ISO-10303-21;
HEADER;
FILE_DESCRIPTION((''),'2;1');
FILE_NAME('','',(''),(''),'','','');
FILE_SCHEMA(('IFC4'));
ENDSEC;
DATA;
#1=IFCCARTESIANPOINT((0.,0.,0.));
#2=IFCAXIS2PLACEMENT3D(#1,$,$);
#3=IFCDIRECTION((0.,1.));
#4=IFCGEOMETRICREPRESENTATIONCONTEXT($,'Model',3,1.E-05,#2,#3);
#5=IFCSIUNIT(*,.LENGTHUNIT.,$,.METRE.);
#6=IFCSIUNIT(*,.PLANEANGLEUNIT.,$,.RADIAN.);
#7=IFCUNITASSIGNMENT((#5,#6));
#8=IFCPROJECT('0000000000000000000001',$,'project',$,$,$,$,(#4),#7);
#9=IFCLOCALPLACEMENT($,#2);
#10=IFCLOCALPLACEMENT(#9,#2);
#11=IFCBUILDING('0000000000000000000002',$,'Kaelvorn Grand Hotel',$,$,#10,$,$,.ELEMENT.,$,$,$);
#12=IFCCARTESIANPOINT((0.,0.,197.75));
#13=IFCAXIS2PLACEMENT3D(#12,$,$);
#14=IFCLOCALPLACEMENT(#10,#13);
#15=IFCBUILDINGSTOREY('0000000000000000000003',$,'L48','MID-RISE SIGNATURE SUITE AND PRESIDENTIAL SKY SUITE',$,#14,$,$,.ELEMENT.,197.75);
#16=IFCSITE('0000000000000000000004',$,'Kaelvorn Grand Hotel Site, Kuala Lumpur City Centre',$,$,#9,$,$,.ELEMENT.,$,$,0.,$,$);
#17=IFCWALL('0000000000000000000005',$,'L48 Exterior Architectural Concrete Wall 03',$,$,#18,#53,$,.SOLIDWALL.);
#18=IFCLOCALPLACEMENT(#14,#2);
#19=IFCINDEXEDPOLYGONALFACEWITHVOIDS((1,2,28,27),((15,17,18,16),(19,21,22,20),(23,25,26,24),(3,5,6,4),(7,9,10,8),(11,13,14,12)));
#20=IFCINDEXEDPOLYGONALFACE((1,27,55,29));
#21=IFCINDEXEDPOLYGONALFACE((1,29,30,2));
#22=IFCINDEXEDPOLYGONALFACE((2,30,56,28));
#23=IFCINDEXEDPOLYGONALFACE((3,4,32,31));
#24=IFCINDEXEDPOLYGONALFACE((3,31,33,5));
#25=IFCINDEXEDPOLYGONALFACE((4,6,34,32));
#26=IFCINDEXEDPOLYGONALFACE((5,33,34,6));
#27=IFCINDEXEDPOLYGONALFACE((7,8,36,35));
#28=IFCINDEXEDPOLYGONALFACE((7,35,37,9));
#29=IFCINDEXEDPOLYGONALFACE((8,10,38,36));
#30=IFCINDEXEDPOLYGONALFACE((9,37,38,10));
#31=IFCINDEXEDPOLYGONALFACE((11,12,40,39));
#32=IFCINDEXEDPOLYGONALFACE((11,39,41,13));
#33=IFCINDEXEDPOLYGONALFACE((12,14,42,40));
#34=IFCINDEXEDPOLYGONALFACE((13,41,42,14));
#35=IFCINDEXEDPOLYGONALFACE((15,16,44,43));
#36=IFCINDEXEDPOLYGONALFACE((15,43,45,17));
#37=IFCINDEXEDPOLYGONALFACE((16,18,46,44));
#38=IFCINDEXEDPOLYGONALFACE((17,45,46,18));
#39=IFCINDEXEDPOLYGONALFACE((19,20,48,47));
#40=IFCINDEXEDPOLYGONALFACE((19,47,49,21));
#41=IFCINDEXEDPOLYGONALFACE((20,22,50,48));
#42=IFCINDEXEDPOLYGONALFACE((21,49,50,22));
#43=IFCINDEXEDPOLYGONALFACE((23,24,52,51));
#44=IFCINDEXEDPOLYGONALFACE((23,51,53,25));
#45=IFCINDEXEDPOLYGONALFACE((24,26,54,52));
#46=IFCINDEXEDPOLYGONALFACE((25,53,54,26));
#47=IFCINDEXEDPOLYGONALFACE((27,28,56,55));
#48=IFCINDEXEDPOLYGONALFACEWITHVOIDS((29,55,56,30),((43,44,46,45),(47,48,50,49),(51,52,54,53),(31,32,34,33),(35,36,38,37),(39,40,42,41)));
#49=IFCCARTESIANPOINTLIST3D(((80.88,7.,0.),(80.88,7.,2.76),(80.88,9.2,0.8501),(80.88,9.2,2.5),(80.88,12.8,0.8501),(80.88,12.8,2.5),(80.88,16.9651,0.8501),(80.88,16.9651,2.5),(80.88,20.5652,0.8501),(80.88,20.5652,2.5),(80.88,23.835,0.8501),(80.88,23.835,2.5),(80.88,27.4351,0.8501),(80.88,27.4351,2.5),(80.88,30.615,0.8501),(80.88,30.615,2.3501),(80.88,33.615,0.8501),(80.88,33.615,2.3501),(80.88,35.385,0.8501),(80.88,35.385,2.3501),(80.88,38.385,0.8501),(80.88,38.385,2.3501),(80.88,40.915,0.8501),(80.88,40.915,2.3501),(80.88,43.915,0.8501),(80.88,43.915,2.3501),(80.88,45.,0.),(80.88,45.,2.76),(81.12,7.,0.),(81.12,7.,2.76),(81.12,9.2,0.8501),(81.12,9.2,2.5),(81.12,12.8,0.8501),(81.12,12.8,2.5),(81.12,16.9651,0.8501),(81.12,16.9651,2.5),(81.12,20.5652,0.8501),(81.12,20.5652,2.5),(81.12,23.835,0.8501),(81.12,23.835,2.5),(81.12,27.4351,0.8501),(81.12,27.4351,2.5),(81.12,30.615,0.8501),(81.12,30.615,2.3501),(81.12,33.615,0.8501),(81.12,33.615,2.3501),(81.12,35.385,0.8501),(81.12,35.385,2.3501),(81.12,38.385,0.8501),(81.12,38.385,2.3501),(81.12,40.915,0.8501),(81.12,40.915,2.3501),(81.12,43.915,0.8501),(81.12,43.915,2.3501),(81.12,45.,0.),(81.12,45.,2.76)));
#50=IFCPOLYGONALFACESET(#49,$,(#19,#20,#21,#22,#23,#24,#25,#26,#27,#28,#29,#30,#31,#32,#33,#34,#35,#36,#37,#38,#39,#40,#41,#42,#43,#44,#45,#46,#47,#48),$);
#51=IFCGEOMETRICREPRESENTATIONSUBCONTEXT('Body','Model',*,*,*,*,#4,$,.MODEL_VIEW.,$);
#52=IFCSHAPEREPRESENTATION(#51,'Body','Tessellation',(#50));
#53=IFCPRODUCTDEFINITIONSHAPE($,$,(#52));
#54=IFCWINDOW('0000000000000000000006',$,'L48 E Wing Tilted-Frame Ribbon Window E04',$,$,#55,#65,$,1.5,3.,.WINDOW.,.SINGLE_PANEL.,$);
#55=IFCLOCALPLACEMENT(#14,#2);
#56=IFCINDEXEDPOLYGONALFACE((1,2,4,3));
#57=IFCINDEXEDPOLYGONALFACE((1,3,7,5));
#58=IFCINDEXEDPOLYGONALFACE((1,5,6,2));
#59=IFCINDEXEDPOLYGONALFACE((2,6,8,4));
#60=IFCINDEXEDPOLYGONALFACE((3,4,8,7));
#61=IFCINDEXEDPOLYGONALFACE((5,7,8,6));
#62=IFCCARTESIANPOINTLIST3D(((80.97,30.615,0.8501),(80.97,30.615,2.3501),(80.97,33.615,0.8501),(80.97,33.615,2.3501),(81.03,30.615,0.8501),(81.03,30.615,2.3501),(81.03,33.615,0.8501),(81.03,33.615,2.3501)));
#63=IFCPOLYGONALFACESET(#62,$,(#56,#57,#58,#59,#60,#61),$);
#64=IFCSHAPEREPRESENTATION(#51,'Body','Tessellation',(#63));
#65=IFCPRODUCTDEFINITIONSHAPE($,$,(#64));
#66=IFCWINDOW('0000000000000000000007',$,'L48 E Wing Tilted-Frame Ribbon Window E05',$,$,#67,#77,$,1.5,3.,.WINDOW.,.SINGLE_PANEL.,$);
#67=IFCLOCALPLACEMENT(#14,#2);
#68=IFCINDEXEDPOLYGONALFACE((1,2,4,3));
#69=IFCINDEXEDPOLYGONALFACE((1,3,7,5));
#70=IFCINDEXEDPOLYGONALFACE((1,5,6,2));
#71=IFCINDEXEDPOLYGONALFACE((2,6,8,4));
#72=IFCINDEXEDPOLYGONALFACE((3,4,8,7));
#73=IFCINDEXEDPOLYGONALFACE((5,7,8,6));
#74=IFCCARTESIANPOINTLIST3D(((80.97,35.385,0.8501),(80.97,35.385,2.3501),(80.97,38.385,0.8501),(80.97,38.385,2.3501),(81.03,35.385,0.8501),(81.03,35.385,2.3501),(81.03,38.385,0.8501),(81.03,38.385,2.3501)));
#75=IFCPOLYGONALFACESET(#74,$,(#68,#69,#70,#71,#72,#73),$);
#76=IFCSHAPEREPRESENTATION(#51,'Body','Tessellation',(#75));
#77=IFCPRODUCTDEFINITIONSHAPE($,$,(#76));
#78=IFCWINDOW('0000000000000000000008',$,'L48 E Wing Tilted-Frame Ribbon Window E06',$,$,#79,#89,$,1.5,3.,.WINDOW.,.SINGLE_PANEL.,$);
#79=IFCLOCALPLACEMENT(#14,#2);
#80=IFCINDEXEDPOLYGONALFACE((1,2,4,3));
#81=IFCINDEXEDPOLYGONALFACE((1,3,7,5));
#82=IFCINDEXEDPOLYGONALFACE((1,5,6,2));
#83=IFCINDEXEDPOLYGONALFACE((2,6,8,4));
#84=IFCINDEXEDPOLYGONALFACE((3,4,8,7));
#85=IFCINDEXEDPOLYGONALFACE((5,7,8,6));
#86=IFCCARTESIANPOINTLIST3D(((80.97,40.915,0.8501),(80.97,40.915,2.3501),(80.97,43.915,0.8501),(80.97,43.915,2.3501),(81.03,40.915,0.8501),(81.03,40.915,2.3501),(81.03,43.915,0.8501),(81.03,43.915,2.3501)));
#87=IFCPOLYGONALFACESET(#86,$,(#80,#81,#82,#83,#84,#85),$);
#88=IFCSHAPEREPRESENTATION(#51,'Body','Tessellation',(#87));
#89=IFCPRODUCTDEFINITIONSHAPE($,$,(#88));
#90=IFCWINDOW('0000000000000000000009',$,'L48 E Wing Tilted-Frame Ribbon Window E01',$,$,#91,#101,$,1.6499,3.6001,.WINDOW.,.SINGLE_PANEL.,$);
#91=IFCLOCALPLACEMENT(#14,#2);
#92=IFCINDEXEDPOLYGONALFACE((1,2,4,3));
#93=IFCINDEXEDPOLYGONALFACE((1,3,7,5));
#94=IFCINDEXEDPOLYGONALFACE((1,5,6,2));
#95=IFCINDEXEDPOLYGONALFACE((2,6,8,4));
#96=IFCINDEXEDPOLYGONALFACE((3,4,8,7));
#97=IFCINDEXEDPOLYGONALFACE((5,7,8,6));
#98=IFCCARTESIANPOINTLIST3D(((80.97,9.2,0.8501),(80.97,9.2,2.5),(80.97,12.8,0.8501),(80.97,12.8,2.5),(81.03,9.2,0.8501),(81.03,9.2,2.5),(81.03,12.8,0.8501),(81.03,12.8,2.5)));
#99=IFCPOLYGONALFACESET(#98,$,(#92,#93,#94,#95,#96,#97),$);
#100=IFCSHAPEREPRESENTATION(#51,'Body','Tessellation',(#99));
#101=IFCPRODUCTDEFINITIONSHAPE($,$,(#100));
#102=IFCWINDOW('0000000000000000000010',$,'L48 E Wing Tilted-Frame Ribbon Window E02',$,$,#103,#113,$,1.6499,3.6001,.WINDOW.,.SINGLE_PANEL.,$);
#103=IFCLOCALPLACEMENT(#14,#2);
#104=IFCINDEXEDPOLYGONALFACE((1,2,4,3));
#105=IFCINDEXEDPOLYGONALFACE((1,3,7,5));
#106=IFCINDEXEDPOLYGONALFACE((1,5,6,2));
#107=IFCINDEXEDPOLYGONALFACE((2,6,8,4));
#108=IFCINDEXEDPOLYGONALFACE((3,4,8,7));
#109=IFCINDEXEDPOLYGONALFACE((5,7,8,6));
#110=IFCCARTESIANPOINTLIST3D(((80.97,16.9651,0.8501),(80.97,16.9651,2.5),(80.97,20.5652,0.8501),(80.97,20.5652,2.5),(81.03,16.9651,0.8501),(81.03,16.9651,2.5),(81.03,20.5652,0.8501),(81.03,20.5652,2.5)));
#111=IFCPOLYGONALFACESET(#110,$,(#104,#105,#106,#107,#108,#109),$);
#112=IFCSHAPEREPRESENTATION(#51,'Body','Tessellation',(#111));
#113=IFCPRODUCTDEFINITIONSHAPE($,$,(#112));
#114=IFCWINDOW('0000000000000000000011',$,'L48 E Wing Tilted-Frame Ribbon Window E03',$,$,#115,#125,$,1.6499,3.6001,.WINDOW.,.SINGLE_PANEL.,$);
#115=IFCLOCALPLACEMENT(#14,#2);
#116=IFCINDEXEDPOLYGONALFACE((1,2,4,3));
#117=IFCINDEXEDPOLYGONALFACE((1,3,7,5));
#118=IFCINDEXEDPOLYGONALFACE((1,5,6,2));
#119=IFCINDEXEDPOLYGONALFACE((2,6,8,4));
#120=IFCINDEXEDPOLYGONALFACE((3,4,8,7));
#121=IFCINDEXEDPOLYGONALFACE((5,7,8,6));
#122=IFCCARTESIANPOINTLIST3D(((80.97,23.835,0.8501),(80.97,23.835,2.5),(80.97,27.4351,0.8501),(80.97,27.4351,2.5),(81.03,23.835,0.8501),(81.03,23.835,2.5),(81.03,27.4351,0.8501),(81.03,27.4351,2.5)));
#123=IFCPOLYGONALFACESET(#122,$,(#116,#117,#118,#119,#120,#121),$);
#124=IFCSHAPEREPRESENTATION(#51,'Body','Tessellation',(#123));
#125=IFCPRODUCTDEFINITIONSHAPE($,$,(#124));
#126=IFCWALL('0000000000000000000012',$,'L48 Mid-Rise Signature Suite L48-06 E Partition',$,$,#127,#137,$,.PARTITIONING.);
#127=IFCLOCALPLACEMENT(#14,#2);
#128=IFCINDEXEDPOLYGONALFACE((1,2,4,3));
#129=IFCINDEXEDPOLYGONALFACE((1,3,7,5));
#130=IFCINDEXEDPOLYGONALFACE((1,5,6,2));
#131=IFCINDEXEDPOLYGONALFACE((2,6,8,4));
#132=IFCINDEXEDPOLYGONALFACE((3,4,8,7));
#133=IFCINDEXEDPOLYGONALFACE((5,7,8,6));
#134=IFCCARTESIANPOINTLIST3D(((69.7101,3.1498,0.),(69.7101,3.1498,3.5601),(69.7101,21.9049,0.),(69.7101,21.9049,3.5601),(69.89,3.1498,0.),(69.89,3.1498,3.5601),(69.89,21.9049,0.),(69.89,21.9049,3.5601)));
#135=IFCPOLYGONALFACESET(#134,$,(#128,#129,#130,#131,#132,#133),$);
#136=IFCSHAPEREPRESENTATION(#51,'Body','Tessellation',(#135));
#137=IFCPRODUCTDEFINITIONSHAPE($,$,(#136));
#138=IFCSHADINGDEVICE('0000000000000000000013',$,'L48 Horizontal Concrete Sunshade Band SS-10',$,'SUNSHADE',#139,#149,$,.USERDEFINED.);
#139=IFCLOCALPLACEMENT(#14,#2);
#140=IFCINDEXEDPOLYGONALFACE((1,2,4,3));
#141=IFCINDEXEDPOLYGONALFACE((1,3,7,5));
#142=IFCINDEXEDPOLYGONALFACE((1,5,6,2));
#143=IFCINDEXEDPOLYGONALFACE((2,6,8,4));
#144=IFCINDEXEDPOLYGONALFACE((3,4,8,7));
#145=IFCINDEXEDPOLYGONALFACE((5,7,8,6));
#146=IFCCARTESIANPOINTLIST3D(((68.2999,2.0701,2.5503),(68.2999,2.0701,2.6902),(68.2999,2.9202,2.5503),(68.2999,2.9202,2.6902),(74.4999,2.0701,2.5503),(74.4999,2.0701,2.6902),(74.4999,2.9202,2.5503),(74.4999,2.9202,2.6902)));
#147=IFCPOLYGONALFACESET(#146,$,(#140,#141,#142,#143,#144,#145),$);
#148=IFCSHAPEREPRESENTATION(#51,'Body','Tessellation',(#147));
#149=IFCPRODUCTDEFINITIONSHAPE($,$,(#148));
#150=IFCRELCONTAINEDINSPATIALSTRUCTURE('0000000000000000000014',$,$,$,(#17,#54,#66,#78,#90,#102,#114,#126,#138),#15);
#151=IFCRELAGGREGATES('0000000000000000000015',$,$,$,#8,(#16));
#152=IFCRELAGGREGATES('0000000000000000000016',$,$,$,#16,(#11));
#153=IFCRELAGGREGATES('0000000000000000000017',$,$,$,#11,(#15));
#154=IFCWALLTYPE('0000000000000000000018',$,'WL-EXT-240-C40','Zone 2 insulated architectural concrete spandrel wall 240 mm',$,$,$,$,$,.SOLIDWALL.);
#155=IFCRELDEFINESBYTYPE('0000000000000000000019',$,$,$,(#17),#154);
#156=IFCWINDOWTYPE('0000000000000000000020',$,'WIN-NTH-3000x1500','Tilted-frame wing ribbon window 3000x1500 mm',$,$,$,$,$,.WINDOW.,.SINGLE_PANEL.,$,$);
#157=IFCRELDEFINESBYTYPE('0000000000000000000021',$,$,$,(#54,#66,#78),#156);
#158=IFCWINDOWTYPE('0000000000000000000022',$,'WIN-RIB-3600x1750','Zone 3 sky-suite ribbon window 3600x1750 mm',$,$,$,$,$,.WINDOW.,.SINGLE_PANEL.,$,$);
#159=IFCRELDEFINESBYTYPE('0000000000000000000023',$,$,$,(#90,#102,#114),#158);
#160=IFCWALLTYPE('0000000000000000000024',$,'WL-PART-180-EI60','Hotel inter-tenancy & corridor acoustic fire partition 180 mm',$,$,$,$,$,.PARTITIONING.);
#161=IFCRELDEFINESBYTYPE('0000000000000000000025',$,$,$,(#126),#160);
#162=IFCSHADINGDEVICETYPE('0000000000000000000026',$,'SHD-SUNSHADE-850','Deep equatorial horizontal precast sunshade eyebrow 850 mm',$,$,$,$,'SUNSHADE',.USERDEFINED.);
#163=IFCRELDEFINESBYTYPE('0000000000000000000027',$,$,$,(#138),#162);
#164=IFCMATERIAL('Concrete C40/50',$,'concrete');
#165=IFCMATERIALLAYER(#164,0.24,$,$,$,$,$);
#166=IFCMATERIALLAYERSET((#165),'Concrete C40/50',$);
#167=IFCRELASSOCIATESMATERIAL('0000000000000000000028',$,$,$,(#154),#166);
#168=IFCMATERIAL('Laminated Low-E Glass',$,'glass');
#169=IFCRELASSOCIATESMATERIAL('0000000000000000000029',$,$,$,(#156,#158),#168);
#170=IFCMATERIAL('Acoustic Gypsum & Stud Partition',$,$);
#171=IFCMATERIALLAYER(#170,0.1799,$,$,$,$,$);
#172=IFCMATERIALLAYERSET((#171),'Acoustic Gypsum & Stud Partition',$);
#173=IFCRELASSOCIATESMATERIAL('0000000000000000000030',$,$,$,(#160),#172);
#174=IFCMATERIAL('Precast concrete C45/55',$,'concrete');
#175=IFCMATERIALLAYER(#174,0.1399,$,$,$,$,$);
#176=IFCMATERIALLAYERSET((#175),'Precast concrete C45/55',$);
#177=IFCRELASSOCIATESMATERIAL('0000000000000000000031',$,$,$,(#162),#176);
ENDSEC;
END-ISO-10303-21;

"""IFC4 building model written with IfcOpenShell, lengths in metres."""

from ifc_helpers import new_model, si_unit, direction, frame, frame_2d, origin, origin_2d, place, context, subcontext, project, spatial, rectangle, extrude, material, layer, layer_set, type_object, element, fill, save


model = new_model("IFC4")

# Units and contexts
model_context = context("Model", 3, precision=1e-05, world=origin(), true_north=direction((0.0, 1.0)))
body_context = subcontext(model_context, "Body", "Model", "MODEL_VIEW")
ifc_project = project(units=[si_unit("LENGTHUNIT", "METRE"), si_unit("PLANEANGLEUNIT", "RADIAN")], contexts=[model_context])

# Site, building, storey
site_placement = place(None, origin())
site = spatial("IfcSite", under=ifc_project, at=site_placement, Name="Kaelvorn Grand Hotel Site, Kuala Lumpur City Centre", CompositionType="ELEMENT", RefElevation=0.0)
building_placement = place(site_placement, origin())
building = spatial("IfcBuilding", under=site, at=building_placement, Name="Kaelvorn Grand Hotel", CompositionType="ELEMENT")
storey_placement = place(building_placement, frame((0.0, 0.0, 197.75)))
storey = spatial("IfcBuildingStorey", under=building, at=storey_placement, Name="L48", Description="MID-RISE SIGNATURE SUITE AND PRESIDENTIAL SKY SUITE", CompositionType="ELEMENT", Elevation=197.75)

# Shared definitions
ifc_material_1 = material(Name="Precast concrete C45/55", Category="concrete")

# Shared definitions
ifc_material_2 = material(Name="Concrete C40/50", Category="concrete")
ifc_layer_1 = layer(ifc_material_2, 0.24)
ifc_layer_set_1 = layer_set([ifc_layer_1], Name="Concrete C40/50")
wall_type_1 = type_object("IfcWallType", Name="WL-EXT-240-C40", Description="Zone 2 insulated architectural concrete spandrel wall 240 mm", PredefinedType="SOLIDWALL", material=ifc_layer_set_1)
ifc_material_3 = material(Name="Laminated Low-E Glass", Category="glass")

# Wall, openings, windows
wall_1_placement = place(storey_placement, frame((81.0, 7.0, 0.0), z_axis=(0.0, 0.0, 1.0), x_axis=(0.0, 1.0, 0.0)))
wall_1 = element("IfcWall", 1, at=wall_1_placement, inside=storey, type_object=wall_type_1, Name="L48 Exterior Architectural Concrete Wall 03", PredefinedType="SOLIDWALL", context=body_context, shape_type="SweptSolid", body=[
    extrude(rectangle(XDim=38.0, YDim=0.24, at=frame_2d((19.0, 0.0))), origin(), (0.0, 0.0, 1.0), 2.76),
])
opening_1_placement = place(wall_1_placement, frame((2.2, 0.0, 0.8501)))
opening_1 = element("IfcOpeningElement", 2, at=opening_1_placement, cuts=wall_1, PredefinedType="OPENING", context=body_context, shape_type="SweptSolid", body=[
    extrude(rectangle(XDim=3.6001, YDim=1.6499, at=frame_2d((1.8, 0.825))), frame((0.0, 0.1299, 0.0), z_axis=(0.0, -1.0, 0.0), x_axis=(1.0, 0.0, 0.0)), (0.0, 0.0, 1.0), 0.26),
])
opening_2_placement = place(wall_1_placement, frame((9.9651, 0.0, 0.8501)))
opening_2 = element("IfcOpeningElement", 3, at=opening_2_placement, cuts=wall_1, PredefinedType="OPENING", context=body_context, shape_type="SweptSolid", body=[
    extrude(rectangle(XDim=3.6001, YDim=1.6499, at=frame_2d((1.8, 0.825))), frame((0.0, 0.1299, 0.0), z_axis=(0.0, -1.0, 0.0), x_axis=(1.0, 0.0, 0.0)), (0.0, 0.0, 1.0), 0.26),
])
opening_3_placement = place(wall_1_placement, frame((16.835, 0.0, 0.8501)))
opening_3 = element("IfcOpeningElement", 4, at=opening_3_placement, cuts=wall_1, PredefinedType="OPENING", context=body_context, shape_type="SweptSolid", body=[
    extrude(rectangle(XDim=3.6001, YDim=1.6499, at=frame_2d((1.8, 0.825))), frame((0.0, 0.1299, 0.0), z_axis=(0.0, -1.0, 0.0), x_axis=(1.0, 0.0, 0.0)), (0.0, 0.0, 1.0), 0.26),
])
opening_4_placement = place(wall_1_placement, frame((23.615, 0.0, 0.8501)))
opening_4 = element("IfcOpeningElement", 5, at=opening_4_placement, cuts=wall_1, PredefinedType="OPENING", context=body_context, shape_type="SweptSolid", body=[
    extrude(rectangle(XDim=3.0, YDim=1.5, at=frame_2d((1.5, 0.75))), frame((0.0, 0.1299, 0.0), z_axis=(0.0, -1.0, 0.0), x_axis=(1.0, 0.0, 0.0)), (0.0, 0.0, 1.0), 0.26),
])
opening_5_placement = place(wall_1_placement, frame((28.385, 0.0, 0.8501)))
opening_5 = element("IfcOpeningElement", 6, at=opening_5_placement, cuts=wall_1, PredefinedType="OPENING", context=body_context, shape_type="SweptSolid", body=[
    extrude(rectangle(XDim=3.0, YDim=1.5, at=frame_2d((1.5, 0.75))), frame((0.0, 0.1299, 0.0), z_axis=(0.0, -1.0, 0.0), x_axis=(1.0, 0.0, 0.0)), (0.0, 0.0, 1.0), 0.26),
])
opening_6_placement = place(wall_1_placement, frame((33.915, 0.0, 0.8501)))
opening_6 = element("IfcOpeningElement", 7, at=opening_6_placement, cuts=wall_1, PredefinedType="OPENING", context=body_context, shape_type="SweptSolid", body=[
    extrude(rectangle(XDim=3.0, YDim=1.5, at=frame_2d((1.5, 0.75))), frame((0.0, 0.1299, 0.0), z_axis=(0.0, -1.0, 0.0), x_axis=(1.0, 0.0, 0.0)), (0.0, 0.0, 1.0), 0.26),
])
window_type_1 = type_object("IfcWindowType", Name="WIN-NTH-3000x1500", Description="Tilted-frame wing ribbon window 3000x1500 mm", PartitioningType="SINGLE_PANEL", PredefinedType="WINDOW", material=ifc_material_3)
window_1_placement = place(opening_4_placement, origin())
window_1 = element("IfcWindow", 8, at=window_1_placement, inside=storey, type_object=window_type_1, Name="L48 E Wing Tilted-Frame Ribbon Window E04", OverallHeight=1.5, OverallWidth=3.0, PartitioningType="SINGLE_PANEL", PredefinedType="WINDOW", context=body_context, shape_type="SweptSolid", body=[
    extrude(rectangle(XDim=3.0, YDim=1.5, at=frame_2d((1.5, 0.75))), frame((0.0, 0.03, 0.0), z_axis=(0.0, -1.0, 0.0), x_axis=(1.0, 0.0, 0.0)), (0.0, 0.0, 1.0), 0.0601),
])
fill(opening_4, window_1)
window_2_placement = place(opening_5_placement, origin())
window_2 = element("IfcWindow", 9, at=window_2_placement, inside=storey, type_object=window_type_1, Name="L48 E Wing Tilted-Frame Ribbon Window E05", OverallHeight=1.5, OverallWidth=3.0, PartitioningType="SINGLE_PANEL", PredefinedType="WINDOW", context=body_context, shape_type="SweptSolid", body=[
    extrude(rectangle(XDim=3.0, YDim=1.5, at=frame_2d((1.5, 0.75))), frame((0.0, 0.03, 0.0), z_axis=(0.0, -1.0, 0.0), x_axis=(1.0, 0.0, 0.0)), (0.0, 0.0, 1.0), 0.0601),
])
fill(opening_5, window_2)
window_3_placement = place(opening_6_placement, origin())
window_3 = element("IfcWindow", 10, at=window_3_placement, inside=storey, type_object=window_type_1, Name="L48 E Wing Tilted-Frame Ribbon Window E06", OverallHeight=1.5, OverallWidth=3.0, PartitioningType="SINGLE_PANEL", PredefinedType="WINDOW", context=body_context, shape_type="SweptSolid", body=[
    extrude(rectangle(XDim=3.0, YDim=1.5, at=frame_2d((1.5, 0.75))), frame((0.0, 0.03, 0.0), z_axis=(0.0, -1.0, 0.0), x_axis=(1.0, 0.0, 0.0)), (0.0, 0.0, 1.0), 0.0601),
])
fill(opening_6, window_3)
window_type_2 = type_object("IfcWindowType", Name="WIN-RIB-3600x1750", Description="Zone 3 sky-suite ribbon window 3600x1750 mm", PartitioningType="SINGLE_PANEL", PredefinedType="WINDOW", material=ifc_material_3)
window_4_placement = place(opening_1_placement, origin())
window_4 = element("IfcWindow", 11, at=window_4_placement, inside=storey, type_object=window_type_2, Name="L48 E Wing Tilted-Frame Ribbon Window E01", OverallHeight=1.6499, OverallWidth=3.6001, PartitioningType="SINGLE_PANEL", PredefinedType="WINDOW", context=body_context, shape_type="SweptSolid", body=[
    extrude(rectangle(XDim=3.6001, YDim=1.6499, at=frame_2d((1.8, 0.825))), frame((0.0, 0.03, 0.0), z_axis=(0.0, -1.0, 0.0), x_axis=(1.0, 0.0, 0.0)), (0.0, 0.0, 1.0), 0.0601),
])
fill(opening_1, window_4)
window_5_placement = place(opening_2_placement, origin())
window_5 = element("IfcWindow", 12, at=window_5_placement, inside=storey, type_object=window_type_2, Name="L48 E Wing Tilted-Frame Ribbon Window E02", OverallHeight=1.6499, OverallWidth=3.6001, PartitioningType="SINGLE_PANEL", PredefinedType="WINDOW", context=body_context, shape_type="SweptSolid", body=[
    extrude(rectangle(XDim=3.6001, YDim=1.6499, at=frame_2d((1.8, 0.825))), frame((0.0, 0.03, 0.0), z_axis=(0.0, -1.0, 0.0), x_axis=(1.0, 0.0, 0.0)), (0.0, 0.0, 1.0), 0.0601),
])
fill(opening_2, window_5)
window_6_placement = place(opening_3_placement, origin())
window_6 = element("IfcWindow", 13, at=window_6_placement, inside=storey, type_object=window_type_2, Name="L48 E Wing Tilted-Frame Ribbon Window E03", OverallHeight=1.6499, OverallWidth=3.6001, PartitioningType="SINGLE_PANEL", PredefinedType="WINDOW", context=body_context, shape_type="SweptSolid", body=[
    extrude(rectangle(XDim=3.6001, YDim=1.6499, at=frame_2d((1.8, 0.825))), frame((0.0, 0.03, 0.0), z_axis=(0.0, -1.0, 0.0), x_axis=(1.0, 0.0, 0.0)), (0.0, 0.0, 1.0), 0.0601),
])
fill(opening_3, window_6)

# Wall
ifc_material_4 = material(Name="Acoustic Gypsum & Stud Partition")
ifc_layer_2 = layer(ifc_material_4, 0.1799)
ifc_layer_set_2 = layer_set([ifc_layer_2], Name="Acoustic Gypsum & Stud Partition")
wall_type_2 = type_object("IfcWallType", Name="WL-PART-180-EI60", Description="Hotel inter-tenancy & corridor acoustic fire partition 180 mm", PredefinedType="PARTITIONING", material=ifc_layer_set_2)
wall_2_placement = place(storey_placement, frame((69.8, 3.1499, 0.0), z_axis=(0.0, 0.0, 1.0), x_axis=(0.0, 1.0, 0.0)))
element("IfcWall", 14, at=wall_2_placement, inside=storey, type_object=wall_type_2, Name="L48 Mid-Rise Signature Suite L48-06 E Partition", PredefinedType="PARTITIONING", context=body_context, shape_type="SweptSolid", body=[
    extrude(rectangle(XDim=18.7551, YDim=0.1799, at=frame_2d((9.3774, 0.0))), origin(), (0.0, 0.0, 1.0), 3.5601),
])

# Shading device
ifc_layer_3 = layer(ifc_material_1, 0.1399)
ifc_layer_set_3 = layer_set([ifc_layer_3], Name="Precast concrete C45/55")
shading_device_type = type_object("IfcShadingDeviceType", Name="SHD-SUNSHADE-850", Description="Deep equatorial horizontal precast sunshade eyebrow 850 mm", ElementType="SUNSHADE", PredefinedType="USERDEFINED", material=ifc_layer_set_3)
shading_device_placement = place(storey_placement, frame((71.3999, 2.4951, 2.5503), z_axis=(0.0, 0.0, 1.0), x_axis=(1.0, 0.0, 0.0)))
element("IfcShadingDevice", 15, at=shading_device_placement, inside=storey, type_object=shading_device_type, Name="L48 Horizontal Concrete Sunshade Band SS-10", ObjectType="SUNSHADE", PredefinedType="USERDEFINED", context=body_context, shape_type="SweptSolid", body=[
    extrude(rectangle(XDim=6.2, YDim=0.8501, at=origin_2d()), origin(), (0.0, 0.0, 1.0), 0.1399),
])

save(model, "model.ifc")
